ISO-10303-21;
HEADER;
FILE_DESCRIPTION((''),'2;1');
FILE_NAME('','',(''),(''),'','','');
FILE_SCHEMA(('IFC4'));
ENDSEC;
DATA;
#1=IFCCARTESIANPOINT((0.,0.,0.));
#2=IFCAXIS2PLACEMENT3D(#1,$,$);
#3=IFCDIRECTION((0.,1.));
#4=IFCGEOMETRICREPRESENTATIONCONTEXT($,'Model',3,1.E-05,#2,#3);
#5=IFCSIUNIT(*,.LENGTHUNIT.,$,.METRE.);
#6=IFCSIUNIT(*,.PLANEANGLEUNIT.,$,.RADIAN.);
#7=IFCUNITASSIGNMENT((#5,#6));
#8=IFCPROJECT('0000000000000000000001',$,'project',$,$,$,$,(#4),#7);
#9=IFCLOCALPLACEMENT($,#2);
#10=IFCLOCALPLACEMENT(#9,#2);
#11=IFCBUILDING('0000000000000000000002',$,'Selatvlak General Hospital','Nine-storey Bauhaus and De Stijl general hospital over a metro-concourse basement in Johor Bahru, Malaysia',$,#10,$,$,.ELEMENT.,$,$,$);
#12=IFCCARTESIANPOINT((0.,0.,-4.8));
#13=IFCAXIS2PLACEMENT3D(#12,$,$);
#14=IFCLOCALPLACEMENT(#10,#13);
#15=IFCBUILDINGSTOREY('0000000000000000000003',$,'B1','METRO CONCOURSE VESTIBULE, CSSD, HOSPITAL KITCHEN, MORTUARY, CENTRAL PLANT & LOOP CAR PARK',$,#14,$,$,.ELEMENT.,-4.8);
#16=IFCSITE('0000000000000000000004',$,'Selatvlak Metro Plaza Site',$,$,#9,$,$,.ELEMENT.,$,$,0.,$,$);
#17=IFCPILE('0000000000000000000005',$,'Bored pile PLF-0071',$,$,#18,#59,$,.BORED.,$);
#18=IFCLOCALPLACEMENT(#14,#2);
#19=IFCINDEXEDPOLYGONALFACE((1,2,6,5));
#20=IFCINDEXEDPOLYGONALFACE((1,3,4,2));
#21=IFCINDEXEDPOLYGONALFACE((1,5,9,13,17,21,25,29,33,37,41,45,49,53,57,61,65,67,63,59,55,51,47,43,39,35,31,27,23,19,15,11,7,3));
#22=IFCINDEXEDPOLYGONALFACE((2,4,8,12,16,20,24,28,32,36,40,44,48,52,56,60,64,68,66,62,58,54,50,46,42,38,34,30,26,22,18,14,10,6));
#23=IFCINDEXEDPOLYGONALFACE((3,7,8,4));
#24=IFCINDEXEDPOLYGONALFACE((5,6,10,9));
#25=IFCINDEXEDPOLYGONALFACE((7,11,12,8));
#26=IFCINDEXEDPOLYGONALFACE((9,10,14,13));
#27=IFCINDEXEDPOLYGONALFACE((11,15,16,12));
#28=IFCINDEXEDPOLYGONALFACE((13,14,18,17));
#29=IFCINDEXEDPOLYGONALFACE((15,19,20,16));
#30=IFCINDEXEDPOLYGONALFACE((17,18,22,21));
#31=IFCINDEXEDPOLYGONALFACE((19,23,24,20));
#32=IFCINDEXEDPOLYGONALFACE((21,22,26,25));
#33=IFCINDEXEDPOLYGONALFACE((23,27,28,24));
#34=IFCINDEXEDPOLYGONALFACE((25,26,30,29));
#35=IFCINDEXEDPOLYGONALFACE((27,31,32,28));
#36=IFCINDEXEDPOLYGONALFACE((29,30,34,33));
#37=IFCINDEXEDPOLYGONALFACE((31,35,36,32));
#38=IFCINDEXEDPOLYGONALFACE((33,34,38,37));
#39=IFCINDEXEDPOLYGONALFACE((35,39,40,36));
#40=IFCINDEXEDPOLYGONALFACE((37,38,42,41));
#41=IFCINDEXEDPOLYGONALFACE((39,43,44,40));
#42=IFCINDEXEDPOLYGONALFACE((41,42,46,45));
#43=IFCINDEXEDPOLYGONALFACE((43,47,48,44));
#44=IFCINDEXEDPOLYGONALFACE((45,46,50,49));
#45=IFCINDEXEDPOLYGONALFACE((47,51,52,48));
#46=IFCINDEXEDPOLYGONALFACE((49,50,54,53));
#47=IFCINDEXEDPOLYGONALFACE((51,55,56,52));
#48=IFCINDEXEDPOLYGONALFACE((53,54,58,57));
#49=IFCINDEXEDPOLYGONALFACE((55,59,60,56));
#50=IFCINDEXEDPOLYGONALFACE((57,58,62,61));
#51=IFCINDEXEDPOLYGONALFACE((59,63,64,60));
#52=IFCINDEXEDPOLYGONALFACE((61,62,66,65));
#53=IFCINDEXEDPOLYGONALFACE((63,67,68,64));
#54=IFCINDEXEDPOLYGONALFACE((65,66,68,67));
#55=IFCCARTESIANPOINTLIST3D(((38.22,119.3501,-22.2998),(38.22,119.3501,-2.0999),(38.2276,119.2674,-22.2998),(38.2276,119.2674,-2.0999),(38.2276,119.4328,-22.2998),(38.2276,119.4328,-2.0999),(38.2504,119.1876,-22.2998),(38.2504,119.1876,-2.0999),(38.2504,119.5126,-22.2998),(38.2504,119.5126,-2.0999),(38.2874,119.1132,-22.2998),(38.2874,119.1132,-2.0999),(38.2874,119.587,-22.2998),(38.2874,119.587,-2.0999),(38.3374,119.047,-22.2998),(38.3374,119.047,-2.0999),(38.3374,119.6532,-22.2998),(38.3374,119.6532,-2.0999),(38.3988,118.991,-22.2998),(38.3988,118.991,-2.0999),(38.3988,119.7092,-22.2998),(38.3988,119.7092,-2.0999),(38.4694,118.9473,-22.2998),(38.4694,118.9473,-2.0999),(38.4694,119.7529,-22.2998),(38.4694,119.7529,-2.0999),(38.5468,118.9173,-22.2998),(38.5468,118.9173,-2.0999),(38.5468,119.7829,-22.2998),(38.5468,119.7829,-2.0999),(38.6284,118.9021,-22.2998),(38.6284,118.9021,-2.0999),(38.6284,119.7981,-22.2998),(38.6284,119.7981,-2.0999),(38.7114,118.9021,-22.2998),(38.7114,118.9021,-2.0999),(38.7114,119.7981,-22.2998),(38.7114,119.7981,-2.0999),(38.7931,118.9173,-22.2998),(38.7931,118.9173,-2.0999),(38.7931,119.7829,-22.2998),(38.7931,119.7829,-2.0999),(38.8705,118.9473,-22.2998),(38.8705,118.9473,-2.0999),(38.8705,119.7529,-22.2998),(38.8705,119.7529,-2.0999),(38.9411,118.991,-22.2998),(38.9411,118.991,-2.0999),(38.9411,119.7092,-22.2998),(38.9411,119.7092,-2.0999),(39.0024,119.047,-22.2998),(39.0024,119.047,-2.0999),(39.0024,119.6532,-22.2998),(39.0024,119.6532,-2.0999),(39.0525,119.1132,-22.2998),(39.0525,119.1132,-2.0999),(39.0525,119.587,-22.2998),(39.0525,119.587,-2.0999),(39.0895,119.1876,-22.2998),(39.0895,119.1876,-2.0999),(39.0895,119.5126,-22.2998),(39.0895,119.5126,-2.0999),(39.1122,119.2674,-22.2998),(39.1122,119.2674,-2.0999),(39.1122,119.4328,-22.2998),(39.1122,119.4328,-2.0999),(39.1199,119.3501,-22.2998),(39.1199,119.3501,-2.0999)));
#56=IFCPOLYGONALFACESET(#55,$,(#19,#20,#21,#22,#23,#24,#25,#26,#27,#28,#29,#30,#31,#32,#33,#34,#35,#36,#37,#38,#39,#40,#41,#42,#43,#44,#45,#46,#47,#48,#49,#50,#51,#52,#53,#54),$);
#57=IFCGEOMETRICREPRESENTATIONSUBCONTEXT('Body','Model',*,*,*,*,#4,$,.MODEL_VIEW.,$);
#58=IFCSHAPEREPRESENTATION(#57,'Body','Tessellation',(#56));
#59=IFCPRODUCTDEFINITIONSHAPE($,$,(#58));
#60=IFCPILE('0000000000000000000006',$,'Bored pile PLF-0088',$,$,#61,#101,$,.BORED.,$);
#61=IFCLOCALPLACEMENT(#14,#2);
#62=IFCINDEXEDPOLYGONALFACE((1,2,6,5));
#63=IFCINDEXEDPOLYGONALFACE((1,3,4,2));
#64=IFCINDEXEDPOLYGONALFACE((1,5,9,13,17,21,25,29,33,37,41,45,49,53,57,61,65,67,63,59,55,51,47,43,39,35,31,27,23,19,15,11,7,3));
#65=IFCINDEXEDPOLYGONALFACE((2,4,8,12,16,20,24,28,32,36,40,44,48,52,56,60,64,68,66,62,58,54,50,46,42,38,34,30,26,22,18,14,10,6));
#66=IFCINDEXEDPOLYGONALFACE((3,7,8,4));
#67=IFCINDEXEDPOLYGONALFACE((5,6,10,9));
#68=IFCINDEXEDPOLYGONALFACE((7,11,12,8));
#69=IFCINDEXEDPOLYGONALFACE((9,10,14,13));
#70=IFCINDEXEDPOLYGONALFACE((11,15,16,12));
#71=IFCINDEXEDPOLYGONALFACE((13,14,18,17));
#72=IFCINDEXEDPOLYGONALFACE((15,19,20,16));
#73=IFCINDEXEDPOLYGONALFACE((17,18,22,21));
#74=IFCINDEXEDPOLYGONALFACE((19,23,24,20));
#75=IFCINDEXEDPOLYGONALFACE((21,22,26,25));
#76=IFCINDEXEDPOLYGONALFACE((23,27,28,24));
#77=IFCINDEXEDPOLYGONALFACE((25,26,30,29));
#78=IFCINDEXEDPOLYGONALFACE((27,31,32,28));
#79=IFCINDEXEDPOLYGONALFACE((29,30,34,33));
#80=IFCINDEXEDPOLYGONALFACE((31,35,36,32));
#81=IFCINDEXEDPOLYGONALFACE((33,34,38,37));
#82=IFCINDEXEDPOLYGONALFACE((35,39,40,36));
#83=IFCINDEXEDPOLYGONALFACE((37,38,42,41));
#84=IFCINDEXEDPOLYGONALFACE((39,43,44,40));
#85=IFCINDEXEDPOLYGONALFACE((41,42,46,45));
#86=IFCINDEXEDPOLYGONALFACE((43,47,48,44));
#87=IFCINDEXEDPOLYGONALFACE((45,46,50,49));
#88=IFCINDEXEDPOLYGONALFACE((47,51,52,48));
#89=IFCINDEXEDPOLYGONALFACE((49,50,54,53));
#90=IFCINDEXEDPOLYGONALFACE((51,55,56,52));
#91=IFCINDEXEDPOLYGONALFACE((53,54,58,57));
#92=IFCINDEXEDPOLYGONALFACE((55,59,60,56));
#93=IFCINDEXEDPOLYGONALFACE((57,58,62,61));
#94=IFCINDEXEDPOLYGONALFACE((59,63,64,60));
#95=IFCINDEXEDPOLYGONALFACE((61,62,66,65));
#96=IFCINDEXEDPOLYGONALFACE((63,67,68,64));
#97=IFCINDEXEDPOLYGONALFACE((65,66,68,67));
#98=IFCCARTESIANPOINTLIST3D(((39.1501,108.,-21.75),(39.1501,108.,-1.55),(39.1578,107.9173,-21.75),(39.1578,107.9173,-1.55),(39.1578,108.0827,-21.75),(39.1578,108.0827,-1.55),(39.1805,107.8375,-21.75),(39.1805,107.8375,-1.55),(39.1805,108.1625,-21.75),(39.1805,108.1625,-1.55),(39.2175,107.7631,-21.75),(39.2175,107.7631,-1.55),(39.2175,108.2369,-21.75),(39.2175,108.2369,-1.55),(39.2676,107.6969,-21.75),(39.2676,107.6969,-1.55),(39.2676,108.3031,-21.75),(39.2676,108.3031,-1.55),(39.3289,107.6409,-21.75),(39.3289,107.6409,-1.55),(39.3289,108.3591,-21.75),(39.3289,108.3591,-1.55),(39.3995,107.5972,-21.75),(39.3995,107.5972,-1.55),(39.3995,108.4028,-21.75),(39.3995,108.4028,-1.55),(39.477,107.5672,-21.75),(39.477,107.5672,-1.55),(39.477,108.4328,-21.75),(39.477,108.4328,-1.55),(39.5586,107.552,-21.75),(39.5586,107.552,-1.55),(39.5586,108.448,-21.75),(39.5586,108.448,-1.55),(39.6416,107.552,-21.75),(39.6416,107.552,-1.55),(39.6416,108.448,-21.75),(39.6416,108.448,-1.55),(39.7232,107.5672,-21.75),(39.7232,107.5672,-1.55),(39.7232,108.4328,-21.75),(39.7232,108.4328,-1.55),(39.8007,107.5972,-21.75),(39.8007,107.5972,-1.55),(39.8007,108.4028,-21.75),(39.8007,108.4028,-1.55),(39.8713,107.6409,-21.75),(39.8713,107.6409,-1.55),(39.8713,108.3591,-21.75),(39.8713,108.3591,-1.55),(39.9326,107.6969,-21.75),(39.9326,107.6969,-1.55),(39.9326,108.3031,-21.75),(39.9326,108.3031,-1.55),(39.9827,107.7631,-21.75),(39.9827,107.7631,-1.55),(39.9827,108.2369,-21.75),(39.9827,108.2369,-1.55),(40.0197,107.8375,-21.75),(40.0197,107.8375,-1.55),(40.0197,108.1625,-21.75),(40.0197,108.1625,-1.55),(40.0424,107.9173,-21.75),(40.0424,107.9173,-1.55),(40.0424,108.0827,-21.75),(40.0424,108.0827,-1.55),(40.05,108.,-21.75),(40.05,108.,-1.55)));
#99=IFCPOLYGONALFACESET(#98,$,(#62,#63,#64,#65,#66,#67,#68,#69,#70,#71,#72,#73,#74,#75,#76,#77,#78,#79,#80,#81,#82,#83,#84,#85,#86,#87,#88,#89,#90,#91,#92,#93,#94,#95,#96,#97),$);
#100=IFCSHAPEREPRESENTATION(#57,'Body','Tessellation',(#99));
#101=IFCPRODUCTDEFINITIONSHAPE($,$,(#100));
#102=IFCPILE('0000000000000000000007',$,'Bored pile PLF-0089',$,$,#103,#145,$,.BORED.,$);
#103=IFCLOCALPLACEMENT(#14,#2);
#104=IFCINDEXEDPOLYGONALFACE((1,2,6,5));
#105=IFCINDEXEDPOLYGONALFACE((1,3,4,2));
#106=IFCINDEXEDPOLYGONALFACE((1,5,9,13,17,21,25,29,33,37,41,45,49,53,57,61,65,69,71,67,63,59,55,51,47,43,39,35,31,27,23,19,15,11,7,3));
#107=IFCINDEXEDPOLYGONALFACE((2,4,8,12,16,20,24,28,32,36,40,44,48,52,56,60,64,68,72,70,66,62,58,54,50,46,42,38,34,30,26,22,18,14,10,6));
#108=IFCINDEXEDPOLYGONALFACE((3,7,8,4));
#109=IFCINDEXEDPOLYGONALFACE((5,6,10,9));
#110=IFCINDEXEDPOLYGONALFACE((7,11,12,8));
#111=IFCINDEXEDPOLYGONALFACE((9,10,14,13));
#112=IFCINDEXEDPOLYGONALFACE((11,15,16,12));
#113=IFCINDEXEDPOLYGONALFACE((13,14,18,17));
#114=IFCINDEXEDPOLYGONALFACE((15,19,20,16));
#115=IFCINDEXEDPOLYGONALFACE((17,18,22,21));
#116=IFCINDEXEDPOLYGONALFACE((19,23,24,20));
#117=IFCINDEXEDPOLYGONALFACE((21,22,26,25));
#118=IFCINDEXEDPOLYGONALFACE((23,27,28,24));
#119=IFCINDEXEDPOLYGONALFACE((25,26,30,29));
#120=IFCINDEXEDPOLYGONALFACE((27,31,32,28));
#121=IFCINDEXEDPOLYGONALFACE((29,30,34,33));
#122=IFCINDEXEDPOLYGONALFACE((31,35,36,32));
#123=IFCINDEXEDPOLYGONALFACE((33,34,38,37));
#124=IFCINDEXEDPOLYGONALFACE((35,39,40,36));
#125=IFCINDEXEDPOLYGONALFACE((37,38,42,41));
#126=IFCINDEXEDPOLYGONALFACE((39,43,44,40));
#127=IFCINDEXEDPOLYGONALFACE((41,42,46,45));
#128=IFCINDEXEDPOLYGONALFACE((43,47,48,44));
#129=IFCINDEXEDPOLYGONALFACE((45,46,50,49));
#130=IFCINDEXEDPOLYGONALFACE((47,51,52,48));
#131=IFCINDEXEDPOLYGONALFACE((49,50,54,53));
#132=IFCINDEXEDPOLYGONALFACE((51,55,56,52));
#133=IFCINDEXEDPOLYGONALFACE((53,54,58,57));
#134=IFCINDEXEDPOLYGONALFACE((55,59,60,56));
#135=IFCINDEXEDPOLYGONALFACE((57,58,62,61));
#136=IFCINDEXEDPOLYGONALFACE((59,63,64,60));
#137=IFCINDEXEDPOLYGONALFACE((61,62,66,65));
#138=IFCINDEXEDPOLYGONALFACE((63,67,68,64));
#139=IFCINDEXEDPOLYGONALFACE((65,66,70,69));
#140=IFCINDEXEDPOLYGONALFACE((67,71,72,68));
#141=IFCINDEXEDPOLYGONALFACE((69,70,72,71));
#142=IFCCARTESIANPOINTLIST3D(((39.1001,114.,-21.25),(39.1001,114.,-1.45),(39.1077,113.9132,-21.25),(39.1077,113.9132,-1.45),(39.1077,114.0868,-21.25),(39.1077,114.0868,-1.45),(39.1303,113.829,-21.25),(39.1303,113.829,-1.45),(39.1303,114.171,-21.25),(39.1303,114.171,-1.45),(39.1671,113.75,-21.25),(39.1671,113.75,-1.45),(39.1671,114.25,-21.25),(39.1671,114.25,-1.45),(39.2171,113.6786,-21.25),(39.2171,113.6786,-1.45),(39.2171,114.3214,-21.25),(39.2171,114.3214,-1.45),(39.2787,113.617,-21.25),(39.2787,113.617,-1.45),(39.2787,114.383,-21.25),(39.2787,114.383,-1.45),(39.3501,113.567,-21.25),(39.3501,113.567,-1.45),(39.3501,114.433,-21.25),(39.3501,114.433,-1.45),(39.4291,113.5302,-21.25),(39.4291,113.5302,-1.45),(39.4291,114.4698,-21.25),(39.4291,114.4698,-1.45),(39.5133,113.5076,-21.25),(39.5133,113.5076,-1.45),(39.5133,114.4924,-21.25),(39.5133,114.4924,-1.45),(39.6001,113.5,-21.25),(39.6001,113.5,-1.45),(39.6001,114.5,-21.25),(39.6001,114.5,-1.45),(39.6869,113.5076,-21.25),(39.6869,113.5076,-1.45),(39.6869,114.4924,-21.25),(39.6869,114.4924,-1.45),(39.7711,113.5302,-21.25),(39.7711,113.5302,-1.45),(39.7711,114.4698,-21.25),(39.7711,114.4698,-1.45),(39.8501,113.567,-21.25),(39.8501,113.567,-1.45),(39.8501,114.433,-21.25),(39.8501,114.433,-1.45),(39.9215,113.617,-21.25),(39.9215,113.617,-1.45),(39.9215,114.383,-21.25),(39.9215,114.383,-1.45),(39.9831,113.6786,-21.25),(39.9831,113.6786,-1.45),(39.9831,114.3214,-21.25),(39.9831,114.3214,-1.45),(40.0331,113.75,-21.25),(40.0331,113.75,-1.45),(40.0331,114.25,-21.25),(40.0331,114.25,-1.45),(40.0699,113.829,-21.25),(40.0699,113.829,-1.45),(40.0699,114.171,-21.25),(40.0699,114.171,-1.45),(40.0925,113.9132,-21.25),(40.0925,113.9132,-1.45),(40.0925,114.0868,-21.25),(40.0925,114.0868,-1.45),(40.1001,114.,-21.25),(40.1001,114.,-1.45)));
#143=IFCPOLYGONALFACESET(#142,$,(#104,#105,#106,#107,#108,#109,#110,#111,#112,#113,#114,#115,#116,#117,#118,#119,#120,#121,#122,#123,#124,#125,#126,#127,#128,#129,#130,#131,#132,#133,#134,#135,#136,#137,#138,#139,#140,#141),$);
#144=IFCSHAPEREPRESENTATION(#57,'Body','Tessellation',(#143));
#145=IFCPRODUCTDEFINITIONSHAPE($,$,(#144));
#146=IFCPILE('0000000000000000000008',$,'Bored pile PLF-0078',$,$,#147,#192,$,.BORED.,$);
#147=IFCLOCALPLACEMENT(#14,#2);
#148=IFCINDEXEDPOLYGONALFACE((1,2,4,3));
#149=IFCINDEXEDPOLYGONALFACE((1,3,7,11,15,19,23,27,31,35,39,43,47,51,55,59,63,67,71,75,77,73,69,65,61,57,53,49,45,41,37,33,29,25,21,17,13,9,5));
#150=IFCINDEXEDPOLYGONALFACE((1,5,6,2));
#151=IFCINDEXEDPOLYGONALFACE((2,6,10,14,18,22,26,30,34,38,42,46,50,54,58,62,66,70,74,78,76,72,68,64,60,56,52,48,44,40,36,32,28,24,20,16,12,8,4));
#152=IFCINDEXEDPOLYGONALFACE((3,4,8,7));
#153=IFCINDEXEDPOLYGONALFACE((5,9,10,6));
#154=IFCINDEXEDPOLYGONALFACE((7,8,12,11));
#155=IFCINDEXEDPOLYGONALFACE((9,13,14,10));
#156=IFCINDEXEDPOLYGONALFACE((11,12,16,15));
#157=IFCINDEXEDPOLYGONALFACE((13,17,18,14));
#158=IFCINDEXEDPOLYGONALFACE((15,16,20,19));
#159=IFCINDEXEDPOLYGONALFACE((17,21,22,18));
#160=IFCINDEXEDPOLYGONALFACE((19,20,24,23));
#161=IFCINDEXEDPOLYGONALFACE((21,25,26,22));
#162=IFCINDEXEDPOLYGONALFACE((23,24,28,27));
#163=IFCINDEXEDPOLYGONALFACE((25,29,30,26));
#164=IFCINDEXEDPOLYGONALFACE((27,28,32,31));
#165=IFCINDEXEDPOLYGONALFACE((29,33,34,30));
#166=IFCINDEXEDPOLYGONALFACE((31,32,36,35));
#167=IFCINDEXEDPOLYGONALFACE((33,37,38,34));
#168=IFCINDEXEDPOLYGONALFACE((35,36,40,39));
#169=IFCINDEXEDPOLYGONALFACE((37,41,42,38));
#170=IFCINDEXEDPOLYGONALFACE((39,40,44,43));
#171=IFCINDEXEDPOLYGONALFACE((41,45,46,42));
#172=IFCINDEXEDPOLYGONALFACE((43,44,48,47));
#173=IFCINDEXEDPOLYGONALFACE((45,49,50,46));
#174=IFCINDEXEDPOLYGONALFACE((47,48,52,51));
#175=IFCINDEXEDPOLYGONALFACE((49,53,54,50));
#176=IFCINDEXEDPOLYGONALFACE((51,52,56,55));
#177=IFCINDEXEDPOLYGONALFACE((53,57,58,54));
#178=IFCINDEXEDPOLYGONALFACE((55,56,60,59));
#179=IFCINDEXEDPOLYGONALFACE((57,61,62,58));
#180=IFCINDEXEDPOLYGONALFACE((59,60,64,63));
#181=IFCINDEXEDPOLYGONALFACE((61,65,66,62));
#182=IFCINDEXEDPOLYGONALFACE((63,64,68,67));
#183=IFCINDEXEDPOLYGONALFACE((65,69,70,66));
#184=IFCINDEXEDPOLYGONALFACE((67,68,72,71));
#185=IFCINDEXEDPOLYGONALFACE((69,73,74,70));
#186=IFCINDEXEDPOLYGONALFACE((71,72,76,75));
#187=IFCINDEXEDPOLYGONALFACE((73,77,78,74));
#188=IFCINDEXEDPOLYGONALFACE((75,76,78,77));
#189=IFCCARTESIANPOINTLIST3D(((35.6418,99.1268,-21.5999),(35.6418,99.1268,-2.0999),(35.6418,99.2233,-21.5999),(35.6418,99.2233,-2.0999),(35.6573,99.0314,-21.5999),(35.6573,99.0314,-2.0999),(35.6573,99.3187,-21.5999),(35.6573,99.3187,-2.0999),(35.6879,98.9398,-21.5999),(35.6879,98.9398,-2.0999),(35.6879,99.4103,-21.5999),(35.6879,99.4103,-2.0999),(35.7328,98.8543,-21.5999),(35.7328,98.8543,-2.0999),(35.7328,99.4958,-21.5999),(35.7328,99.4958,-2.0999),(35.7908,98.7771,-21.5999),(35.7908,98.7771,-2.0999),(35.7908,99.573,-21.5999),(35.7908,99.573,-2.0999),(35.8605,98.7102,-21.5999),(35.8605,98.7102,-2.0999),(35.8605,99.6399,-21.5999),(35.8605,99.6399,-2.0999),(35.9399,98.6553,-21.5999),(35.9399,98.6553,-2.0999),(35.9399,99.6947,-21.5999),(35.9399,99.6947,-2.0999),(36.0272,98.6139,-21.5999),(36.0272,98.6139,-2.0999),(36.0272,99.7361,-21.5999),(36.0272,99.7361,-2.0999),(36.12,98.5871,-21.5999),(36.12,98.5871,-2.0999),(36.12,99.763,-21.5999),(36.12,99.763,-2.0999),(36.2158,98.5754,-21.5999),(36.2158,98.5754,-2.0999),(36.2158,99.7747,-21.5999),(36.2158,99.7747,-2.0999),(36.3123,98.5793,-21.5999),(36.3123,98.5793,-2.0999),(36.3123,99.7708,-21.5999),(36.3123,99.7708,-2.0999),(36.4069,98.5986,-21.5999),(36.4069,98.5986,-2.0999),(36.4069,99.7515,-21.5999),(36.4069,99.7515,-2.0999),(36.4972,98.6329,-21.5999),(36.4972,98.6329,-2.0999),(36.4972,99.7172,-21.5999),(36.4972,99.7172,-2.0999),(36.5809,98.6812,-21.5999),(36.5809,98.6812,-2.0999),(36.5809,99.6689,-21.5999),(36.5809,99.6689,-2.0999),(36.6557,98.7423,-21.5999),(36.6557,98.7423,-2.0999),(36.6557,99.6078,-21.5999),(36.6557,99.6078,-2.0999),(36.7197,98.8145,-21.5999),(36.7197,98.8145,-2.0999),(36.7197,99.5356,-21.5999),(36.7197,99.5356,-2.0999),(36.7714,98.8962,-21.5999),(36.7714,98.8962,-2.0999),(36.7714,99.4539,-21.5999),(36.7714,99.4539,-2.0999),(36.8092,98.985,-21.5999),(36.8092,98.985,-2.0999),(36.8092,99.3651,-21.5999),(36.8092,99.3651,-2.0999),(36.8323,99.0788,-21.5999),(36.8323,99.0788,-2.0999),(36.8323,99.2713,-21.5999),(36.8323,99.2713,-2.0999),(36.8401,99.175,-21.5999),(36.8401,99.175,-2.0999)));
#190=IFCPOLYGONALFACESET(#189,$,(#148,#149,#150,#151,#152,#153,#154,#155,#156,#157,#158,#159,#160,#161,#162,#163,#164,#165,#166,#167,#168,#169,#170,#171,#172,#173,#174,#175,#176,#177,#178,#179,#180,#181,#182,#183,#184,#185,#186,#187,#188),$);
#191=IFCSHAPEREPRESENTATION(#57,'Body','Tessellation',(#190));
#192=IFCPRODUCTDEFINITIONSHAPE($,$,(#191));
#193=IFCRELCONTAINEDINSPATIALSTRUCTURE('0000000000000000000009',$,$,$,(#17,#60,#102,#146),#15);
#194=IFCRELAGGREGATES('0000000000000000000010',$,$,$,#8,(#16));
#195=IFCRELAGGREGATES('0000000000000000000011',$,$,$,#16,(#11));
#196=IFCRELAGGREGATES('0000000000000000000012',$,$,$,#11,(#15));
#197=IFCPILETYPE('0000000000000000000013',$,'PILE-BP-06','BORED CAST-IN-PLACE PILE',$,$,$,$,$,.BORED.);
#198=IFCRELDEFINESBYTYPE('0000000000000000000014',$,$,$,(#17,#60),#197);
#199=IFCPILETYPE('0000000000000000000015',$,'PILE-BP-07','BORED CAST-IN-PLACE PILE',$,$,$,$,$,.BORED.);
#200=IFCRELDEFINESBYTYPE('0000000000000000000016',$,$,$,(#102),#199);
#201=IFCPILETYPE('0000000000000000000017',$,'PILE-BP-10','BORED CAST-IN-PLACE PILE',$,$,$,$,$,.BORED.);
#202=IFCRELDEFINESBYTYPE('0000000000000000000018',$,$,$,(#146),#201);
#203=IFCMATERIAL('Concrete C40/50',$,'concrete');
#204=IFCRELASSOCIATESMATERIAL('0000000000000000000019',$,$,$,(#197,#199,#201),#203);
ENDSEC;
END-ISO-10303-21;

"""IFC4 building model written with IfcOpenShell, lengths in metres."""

from ifc_helpers import new_model, si_unit, direction, frame, origin, origin_2d, place, context, subcontext, project, spatial, circle, extrude, material, material_profile, profile_set, type_object, element, save


model = new_model("IFC4")

# Units and contexts
model_context = context("Model", 3, precision=1e-05, world=origin(), true_north=direction((0.0, 1.0)))
body_context = subcontext(model_context, "Body", "Model", "MODEL_VIEW")
ifc_project = project(units=[si_unit("LENGTHUNIT", "METRE"), si_unit("PLANEANGLEUNIT", "RADIAN")], contexts=[model_context])

# Site, building, storey
site_placement = place(None, origin())
site = spatial("IfcSite", under=ifc_project, at=site_placement, Name="Selatvlak Metro Plaza Site", CompositionType="ELEMENT", RefElevation=0.0)
building_placement = place(site_placement, origin())
building = spatial("IfcBuilding", under=site, at=building_placement, Name="Selatvlak General Hospital", Description="Nine-storey Bauhaus and De Stijl general hospital over a metro-concourse basement in Johor Bahru, Malaysia", CompositionType="ELEMENT")
storey_placement = place(building_placement, frame((0.0, 0.0, -4.8)))
storey = spatial("IfcBuildingStorey", under=building, at=storey_placement, Name="B1", Description="METRO CONCOURSE VESTIBULE, CSSD, HOSPITAL KITCHEN, MORTUARY, CENTRAL PLANT & LOOP CAR PARK", CompositionType="ELEMENT", Elevation=-4.8)

# Shared definitions
ifc_material_1 = material(Name="Concrete C40/50", Category="concrete")

# Piles
ifc_material_profile_1 = material_profile(ifc_material_1, circle(Radius=0.45, at=origin_2d()), Name="BORED PILE 900")
ifc_profile_set_1 = profile_set([ifc_material_profile_1], Name="Concrete C40/50")
pile_type_1 = type_object("IfcPileType", Name="PILE-BP-06", Description="BORED CAST-IN-PLACE PILE", PredefinedType="BORED", material=ifc_profile_set_1)
for number, where, z_axis, x_axis, name in (
    (1, (38.6699, 119.3501, -2.0999), (0.0, 0.0, -1.0), (1.0, 0.0, 0.0), "Bored pile PLF-0071"),
    (2, (39.6001, 108.0, -1.55), (0.0, 0.0, -1.0), (1.0, 0.0, 0.0), "Bored pile PLF-0088"),
):
    element("IfcPile", number, at=place(storey_placement, frame(where, z_axis=z_axis, x_axis=x_axis)), inside=storey, type_object=pile_type_1, Name=name, PredefinedType="BORED", context=body_context, shape_type="SweptSolid", body=[
        extrude(circle(Radius=0.45, at=origin_2d()), origin(), (0.0, 0.0, 1.0), 20.2),
    ])
ifc_material_profile_2 = material_profile(ifc_material_1, circle(Radius=0.5, at=origin_2d()), Name="BORED PILE 1000")
ifc_profile_set_2 = profile_set([ifc_material_profile_2], Name="Concrete C40/50")
pile_type_2 = type_object("IfcPileType", Name="PILE-BP-07", Description="BORED CAST-IN-PLACE PILE", PredefinedType="BORED", material=ifc_profile_set_2)
pile_1_placement = place(storey_placement, frame((39.6001, 114.0, -1.45), z_axis=(0.0, 0.0, -1.0), x_axis=(1.0, 0.0, 0.0)))
element("IfcPile", 3, at=pile_1_placement, inside=storey, type_object=pile_type_2, Name="Bored pile PLF-0089", PredefinedType="BORED", context=body_context, shape_type="SweptSolid", body=[
    extrude(circle(Radius=0.5, at=origin_2d()), origin(), (0.0, 0.0, 1.0), 19.8),
])
ifc_material_profile_3 = material_profile(ifc_material_1, circle(Radius=0.6001, at=origin_2d()), Name="BORED PILE 1200")
ifc_profile_set_3 = profile_set([ifc_material_profile_3], Name="Concrete C40/50")
pile_type_3 = type_object("IfcPileType", Name="PILE-BP-10", Description="BORED CAST-IN-PLACE PILE", PredefinedType="BORED", material=ifc_profile_set_3)
for number, where, z_axis, x_axis, name in (
    (4, (36.24, 99.175, -2.0999), (0.0, 0.0, -1.0), (1.0, 0.0, 0.0), "Bored pile PLF-0078"),
):
    element("IfcPile", number, at=place(storey_placement, frame(where, z_axis=z_axis, x_axis=x_axis)), inside=storey, type_object=pile_type_3, Name=name, PredefinedType="BORED", context=body_context, shape_type="SweptSolid", body=[
        extrude(circle(Radius=0.6001, at=origin_2d()), origin(), (0.0, 0.0, 1.0), 19.5),
    ])

save(model, "model.ifc")
